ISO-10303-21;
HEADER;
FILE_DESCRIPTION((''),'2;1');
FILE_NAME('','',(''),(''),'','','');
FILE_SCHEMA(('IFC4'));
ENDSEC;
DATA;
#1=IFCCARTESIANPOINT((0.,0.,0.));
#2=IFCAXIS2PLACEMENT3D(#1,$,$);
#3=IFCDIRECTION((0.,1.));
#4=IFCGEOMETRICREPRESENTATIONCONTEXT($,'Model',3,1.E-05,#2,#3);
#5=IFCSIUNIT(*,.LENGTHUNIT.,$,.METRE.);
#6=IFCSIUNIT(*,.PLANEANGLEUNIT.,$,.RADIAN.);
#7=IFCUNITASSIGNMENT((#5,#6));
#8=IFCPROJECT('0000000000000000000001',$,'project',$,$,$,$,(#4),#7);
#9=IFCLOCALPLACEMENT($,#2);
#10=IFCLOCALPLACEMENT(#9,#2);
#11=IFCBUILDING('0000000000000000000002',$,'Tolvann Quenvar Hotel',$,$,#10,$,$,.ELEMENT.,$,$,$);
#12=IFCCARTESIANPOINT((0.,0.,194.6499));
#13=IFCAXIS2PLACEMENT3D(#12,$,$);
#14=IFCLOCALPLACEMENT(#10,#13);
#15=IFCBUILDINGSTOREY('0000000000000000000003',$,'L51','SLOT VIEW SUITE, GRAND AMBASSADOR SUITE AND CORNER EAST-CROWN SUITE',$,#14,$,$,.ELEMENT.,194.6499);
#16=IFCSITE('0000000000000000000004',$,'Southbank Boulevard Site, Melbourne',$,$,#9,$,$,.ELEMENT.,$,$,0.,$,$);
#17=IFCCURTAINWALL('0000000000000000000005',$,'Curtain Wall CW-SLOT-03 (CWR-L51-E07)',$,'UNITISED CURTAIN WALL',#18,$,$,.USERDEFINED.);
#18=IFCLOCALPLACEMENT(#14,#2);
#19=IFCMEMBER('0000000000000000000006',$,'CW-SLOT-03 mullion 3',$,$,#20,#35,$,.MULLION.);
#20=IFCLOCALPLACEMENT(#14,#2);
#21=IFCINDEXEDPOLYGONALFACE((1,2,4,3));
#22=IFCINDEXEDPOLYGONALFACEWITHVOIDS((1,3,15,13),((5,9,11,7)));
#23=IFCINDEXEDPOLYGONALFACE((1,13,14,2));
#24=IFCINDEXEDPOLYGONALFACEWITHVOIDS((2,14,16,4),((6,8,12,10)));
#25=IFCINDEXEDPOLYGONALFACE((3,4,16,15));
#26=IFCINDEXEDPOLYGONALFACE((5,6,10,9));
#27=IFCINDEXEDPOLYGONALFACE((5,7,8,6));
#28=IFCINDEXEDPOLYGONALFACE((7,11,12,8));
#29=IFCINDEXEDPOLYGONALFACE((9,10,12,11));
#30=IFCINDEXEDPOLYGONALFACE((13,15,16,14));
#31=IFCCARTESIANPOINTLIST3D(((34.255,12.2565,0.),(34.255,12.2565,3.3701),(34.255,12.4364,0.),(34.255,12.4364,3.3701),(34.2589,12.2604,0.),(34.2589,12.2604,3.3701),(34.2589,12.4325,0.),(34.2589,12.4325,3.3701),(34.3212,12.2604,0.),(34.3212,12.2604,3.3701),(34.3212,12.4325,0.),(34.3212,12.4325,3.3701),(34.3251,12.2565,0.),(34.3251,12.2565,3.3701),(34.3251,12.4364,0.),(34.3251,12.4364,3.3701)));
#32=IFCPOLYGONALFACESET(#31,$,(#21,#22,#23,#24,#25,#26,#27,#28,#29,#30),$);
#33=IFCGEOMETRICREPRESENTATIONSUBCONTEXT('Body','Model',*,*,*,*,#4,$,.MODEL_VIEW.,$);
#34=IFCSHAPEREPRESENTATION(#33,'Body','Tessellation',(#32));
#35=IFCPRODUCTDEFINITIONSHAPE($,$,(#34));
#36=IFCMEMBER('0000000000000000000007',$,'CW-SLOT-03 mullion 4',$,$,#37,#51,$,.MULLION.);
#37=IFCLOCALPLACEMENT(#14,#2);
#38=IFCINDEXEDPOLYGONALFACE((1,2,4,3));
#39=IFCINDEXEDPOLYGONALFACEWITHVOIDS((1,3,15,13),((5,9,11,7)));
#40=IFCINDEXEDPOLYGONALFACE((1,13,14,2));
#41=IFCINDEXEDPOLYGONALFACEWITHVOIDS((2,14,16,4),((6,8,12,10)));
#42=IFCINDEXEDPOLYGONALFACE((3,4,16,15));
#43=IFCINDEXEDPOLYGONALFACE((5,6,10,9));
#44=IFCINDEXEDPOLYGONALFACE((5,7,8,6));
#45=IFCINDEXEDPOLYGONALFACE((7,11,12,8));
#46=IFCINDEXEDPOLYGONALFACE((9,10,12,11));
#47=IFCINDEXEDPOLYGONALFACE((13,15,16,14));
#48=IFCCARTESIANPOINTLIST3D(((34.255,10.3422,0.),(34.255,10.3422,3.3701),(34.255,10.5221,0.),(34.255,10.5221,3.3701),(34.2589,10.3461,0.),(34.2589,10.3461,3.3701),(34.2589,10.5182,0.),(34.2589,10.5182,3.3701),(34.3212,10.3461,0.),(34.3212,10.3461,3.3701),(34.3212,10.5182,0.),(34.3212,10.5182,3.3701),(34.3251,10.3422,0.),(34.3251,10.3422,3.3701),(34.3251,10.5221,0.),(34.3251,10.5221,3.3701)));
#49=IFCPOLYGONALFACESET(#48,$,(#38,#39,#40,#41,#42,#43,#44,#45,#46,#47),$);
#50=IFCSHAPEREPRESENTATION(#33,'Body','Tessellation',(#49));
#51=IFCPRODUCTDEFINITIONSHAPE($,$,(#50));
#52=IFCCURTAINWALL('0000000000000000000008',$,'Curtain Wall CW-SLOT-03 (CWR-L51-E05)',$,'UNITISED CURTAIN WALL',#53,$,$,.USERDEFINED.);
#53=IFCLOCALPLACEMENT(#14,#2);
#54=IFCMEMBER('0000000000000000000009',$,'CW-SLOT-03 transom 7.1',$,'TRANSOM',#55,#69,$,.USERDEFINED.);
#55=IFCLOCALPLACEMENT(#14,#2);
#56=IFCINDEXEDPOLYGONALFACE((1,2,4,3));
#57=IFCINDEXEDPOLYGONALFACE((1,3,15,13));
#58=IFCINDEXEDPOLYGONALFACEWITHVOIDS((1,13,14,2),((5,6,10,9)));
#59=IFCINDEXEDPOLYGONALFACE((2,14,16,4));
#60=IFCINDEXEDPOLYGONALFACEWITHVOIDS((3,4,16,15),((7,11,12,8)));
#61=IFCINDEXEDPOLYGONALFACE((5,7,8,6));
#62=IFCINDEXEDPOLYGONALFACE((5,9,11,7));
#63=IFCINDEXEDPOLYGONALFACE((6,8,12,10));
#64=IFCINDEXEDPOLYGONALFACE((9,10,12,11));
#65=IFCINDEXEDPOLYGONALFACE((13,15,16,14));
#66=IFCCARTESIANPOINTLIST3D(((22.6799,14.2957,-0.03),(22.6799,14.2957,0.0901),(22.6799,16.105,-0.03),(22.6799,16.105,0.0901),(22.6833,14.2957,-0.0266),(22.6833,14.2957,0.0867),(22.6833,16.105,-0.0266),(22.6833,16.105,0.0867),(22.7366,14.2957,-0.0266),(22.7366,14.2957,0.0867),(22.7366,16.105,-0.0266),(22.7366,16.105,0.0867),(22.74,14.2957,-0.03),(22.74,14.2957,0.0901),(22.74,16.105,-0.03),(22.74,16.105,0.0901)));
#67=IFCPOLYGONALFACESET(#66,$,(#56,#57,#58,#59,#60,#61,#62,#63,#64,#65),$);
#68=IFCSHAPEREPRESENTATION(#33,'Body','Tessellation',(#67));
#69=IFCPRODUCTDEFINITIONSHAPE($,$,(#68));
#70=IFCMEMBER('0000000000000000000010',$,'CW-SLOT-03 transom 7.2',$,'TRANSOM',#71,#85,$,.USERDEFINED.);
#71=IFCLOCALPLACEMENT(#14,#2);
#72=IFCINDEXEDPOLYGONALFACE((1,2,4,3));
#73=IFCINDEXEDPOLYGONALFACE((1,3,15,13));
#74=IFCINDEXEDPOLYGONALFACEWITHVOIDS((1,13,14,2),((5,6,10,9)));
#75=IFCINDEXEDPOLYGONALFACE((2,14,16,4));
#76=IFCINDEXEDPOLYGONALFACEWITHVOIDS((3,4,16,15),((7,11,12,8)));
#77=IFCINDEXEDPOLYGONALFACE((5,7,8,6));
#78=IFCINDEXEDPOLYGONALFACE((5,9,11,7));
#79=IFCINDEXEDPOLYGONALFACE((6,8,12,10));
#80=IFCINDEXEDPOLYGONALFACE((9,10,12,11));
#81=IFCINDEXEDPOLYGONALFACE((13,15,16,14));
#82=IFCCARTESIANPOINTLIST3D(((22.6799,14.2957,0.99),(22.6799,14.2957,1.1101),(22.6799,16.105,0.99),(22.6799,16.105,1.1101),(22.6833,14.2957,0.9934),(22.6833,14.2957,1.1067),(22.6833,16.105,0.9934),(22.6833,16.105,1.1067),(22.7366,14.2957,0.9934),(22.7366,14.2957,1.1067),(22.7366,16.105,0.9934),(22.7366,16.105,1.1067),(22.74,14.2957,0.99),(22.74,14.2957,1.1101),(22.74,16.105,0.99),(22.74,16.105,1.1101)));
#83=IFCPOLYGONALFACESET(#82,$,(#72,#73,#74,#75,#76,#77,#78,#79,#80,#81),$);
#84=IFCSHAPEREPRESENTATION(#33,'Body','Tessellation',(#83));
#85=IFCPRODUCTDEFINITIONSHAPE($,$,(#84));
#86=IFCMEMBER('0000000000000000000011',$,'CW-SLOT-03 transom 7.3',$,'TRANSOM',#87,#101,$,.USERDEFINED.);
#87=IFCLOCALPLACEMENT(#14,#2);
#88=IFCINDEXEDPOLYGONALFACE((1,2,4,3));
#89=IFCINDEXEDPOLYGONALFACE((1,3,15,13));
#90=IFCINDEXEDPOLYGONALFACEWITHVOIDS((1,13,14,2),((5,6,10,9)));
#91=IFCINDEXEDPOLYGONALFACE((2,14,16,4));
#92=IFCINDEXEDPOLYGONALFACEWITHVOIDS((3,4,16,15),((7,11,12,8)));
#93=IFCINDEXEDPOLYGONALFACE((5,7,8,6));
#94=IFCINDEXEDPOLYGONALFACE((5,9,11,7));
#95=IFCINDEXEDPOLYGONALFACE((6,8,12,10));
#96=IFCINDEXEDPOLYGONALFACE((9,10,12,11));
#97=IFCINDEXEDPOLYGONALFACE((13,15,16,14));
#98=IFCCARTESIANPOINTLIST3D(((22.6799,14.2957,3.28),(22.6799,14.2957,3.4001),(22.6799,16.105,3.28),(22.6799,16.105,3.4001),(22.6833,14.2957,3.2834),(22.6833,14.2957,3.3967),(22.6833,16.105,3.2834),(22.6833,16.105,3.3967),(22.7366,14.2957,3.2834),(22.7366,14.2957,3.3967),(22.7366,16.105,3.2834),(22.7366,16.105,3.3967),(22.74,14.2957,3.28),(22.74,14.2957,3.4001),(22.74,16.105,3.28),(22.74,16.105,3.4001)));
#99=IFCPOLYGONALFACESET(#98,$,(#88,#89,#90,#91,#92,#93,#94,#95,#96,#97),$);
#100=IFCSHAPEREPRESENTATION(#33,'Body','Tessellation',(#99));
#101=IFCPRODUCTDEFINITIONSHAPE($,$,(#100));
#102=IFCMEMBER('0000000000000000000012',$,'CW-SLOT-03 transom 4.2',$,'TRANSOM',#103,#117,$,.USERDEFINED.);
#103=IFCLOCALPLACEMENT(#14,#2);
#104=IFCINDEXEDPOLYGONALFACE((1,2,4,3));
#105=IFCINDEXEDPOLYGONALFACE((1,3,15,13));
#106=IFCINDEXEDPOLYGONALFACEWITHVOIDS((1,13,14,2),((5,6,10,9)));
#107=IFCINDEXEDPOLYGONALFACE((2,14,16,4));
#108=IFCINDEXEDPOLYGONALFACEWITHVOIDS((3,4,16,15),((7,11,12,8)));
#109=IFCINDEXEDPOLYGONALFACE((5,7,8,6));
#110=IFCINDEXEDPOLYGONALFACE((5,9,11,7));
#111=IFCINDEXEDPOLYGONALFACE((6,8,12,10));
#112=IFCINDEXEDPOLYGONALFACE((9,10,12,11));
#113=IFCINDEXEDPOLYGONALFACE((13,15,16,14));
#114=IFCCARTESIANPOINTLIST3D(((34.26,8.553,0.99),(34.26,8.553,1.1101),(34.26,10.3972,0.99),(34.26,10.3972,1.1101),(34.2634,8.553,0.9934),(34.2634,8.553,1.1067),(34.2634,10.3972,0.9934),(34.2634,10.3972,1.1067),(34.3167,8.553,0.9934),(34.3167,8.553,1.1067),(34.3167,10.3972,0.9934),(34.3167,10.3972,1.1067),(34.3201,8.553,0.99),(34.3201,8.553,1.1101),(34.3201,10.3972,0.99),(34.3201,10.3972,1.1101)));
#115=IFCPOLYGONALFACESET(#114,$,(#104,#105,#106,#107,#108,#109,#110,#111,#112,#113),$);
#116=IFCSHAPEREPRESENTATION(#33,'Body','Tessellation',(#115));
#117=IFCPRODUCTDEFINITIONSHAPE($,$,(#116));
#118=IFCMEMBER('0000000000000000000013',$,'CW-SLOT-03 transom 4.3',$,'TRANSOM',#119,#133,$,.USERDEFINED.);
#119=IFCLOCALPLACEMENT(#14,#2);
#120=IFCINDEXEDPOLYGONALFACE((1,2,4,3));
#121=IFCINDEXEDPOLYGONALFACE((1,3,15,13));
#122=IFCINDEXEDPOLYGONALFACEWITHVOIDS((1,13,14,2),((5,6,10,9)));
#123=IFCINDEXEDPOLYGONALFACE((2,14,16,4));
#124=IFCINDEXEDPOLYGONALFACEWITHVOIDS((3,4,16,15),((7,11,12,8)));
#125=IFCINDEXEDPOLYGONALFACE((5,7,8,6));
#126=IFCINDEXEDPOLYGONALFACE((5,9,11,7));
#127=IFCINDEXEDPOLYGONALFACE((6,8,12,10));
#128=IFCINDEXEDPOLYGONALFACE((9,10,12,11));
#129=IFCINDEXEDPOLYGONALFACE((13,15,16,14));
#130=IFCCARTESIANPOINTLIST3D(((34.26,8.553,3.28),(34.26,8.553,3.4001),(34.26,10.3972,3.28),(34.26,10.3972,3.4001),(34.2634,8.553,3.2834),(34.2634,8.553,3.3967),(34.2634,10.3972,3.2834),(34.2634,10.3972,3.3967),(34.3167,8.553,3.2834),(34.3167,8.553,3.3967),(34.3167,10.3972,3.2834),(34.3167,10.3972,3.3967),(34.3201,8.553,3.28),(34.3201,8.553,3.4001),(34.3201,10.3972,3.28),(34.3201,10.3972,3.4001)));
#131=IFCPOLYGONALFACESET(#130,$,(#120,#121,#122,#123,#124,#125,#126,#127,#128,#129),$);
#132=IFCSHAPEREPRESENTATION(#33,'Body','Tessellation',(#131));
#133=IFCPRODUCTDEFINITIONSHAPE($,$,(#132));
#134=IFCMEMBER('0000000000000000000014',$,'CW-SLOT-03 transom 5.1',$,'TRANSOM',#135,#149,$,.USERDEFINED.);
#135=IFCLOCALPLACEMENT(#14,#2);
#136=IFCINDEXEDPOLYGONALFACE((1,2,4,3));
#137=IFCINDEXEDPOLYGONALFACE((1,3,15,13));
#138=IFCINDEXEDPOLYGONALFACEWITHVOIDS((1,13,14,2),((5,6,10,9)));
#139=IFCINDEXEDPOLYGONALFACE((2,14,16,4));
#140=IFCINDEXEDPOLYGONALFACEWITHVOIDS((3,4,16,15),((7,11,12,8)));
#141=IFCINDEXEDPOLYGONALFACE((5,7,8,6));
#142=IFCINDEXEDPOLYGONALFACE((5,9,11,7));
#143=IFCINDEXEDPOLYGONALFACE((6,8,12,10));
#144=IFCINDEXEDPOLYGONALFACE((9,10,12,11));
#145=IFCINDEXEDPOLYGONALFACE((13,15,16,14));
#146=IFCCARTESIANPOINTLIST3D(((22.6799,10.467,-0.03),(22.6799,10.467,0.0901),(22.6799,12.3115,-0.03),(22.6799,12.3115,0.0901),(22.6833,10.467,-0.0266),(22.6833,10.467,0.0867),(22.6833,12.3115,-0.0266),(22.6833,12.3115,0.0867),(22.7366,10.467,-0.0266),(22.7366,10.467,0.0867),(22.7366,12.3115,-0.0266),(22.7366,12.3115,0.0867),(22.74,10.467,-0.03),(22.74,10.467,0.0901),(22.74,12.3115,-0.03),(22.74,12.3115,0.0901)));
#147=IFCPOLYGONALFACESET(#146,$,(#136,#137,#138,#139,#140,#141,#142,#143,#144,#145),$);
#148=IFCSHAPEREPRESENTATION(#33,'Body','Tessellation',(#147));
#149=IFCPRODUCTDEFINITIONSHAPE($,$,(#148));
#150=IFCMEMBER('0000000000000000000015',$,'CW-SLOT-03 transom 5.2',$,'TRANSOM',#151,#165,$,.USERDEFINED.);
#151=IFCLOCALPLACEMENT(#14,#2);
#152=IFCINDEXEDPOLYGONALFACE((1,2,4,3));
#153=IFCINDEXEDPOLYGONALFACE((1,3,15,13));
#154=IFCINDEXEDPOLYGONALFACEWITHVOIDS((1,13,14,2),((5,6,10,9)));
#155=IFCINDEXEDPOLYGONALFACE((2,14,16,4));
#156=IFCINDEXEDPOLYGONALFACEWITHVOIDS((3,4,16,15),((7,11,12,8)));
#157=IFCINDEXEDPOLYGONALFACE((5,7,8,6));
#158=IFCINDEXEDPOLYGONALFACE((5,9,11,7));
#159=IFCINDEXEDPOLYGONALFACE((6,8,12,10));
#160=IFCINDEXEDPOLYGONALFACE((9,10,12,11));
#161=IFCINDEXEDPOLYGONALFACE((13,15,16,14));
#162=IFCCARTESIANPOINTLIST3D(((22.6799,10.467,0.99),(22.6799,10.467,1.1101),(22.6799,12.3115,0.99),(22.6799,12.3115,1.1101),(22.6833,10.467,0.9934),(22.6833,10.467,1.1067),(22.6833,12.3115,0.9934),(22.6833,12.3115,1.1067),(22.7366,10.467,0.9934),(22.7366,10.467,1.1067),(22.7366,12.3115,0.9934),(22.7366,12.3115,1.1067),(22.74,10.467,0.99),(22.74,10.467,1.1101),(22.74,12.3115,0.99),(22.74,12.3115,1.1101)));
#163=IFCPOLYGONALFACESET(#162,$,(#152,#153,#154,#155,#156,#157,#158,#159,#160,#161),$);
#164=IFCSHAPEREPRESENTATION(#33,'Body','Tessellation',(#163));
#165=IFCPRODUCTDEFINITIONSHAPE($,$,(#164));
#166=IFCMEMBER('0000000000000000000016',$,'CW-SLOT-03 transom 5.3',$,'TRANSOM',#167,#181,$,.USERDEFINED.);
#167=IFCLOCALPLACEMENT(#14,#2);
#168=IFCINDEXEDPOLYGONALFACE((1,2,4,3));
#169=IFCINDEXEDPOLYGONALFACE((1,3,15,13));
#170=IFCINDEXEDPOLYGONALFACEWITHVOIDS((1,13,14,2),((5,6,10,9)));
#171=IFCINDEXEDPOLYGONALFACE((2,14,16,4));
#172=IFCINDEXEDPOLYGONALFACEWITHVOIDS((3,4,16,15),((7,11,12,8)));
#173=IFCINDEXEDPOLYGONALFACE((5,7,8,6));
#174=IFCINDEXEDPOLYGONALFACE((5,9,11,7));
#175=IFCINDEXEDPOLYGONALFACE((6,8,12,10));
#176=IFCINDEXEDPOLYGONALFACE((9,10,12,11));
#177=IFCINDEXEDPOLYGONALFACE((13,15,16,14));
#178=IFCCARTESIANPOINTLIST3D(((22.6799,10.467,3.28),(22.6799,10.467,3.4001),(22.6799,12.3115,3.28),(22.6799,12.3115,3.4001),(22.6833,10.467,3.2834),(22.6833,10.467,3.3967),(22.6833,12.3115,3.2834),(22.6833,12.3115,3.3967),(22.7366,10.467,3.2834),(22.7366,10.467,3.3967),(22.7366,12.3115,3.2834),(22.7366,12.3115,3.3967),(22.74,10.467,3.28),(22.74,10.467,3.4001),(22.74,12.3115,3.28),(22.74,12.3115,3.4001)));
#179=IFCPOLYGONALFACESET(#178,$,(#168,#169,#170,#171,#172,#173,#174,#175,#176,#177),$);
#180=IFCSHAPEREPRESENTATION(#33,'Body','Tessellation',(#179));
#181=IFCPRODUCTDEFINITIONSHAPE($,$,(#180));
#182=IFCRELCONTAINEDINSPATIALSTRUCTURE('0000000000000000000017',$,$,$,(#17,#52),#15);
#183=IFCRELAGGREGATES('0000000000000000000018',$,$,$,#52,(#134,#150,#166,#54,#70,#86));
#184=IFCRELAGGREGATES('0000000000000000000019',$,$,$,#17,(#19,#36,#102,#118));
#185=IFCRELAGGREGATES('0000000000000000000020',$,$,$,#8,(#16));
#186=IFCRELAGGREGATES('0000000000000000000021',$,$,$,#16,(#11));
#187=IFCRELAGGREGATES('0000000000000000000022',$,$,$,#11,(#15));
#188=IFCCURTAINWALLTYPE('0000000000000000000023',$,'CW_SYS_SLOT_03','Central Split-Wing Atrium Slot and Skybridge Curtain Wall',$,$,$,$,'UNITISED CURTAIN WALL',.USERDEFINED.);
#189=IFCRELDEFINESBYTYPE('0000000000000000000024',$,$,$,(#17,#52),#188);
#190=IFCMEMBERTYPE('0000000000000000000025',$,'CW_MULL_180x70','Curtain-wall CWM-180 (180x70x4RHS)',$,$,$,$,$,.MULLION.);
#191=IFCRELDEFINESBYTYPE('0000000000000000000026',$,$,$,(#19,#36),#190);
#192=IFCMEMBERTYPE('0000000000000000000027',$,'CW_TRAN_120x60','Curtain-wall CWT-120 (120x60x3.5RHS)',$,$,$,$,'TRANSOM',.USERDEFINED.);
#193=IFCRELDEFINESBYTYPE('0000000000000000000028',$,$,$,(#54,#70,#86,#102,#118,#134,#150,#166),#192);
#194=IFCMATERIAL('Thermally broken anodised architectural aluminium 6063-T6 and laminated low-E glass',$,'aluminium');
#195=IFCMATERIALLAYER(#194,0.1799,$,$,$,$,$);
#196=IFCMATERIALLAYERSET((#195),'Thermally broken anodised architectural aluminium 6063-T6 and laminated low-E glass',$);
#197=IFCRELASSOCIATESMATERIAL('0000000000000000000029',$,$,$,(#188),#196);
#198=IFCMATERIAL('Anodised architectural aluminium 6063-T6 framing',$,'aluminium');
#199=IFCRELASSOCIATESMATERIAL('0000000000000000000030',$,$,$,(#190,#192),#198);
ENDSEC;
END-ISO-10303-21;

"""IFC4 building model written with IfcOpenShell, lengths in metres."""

from ifc_helpers import new_model, si_unit, direction, frame, origin, origin_2d, place, context, subcontext, project, spatial, hollow_rectangle, extrude, source, transform, mapped, material, layer, layer_set, material_profile, profile_set, type_object, type_shapes, element, aggregate, save


model = new_model("IFC4")

# Units and contexts
model_context = context("Model", 3, precision=1e-05, world=origin(), true_north=direction((0.0, 1.0)))
body_context = subcontext(model_context, "Body", "Model", "MODEL_VIEW")
ifc_project = project(units=[si_unit("LENGTHUNIT", "METRE"), si_unit("PLANEANGLEUNIT", "RADIAN")], contexts=[model_context])

# Site, building, storey
site_placement = place(None, origin())
site = spatial("IfcSite", under=ifc_project, at=site_placement, Name="Southbank Boulevard Site, Melbourne", CompositionType="ELEMENT", RefElevation=0.0)
building_placement = place(site_placement, origin())
building = spatial("IfcBuilding", under=site, at=building_placement, Name="Tolvann Quenvar Hotel", CompositionType="ELEMENT")
storey_placement = place(building_placement, frame((0.0, 0.0, 194.6499)))
storey = spatial("IfcBuildingStorey", under=building, at=storey_placement, Name="L51", Description="SLOT VIEW SUITE, GRAND AMBASSADOR SUITE AND CORNER EAST-CROWN SUITE", CompositionType="ELEMENT", Elevation=194.6499)

# Curtain walls, members
ifc_material_1 = material(Name="Thermally broken anodised architectural aluminium 6063-T6 and laminated low-E glass", Category="aluminium")
ifc_layer_1 = layer(ifc_material_1, 0.1799)
ifc_layer_set_1 = layer_set([ifc_layer_1], Name="Thermally broken anodised architectural aluminium 6063-T6 and laminated low-E glass")
curtain_wall_type = type_object("IfcCurtainWallType", Name="CW_SYS_SLOT_03", Description="Central Split-Wing Atrium Slot and Skybridge Curtain Wall", ElementType="UNITISED CURTAIN WALL", PredefinedType="USERDEFINED", material=ifc_layer_set_1)
curtain_wall_1_placement = place(storey_placement, origin())
curtain_wall_1 = element("IfcCurtainWall", 1, at=curtain_wall_1_placement, inside=storey, type_object=curtain_wall_type, Name="Curtain Wall CW-SLOT-03 (CWR-L51-E07)", ObjectType="UNITISED CURTAIN WALL", PredefinedType="USERDEFINED")
ifc_material_2 = material(Name="Anodised architectural aluminium 6063-T6 framing", Category="aluminium")
ifc_material_profile_1 = material_profile(ifc_material_2, hollow_rectangle(XDim=0.0701, YDim=0.1799, WallThickness=0.0039, at=origin_2d()), Name="180x70x4RHS")
ifc_profile_set_1 = profile_set([ifc_material_profile_1], Name="Anodised architectural aluminium 6063-T6 framing")
member_type_1 = type_object("IfcMemberType", Name="CW_MULL_180x70", Description="Curtain-wall CWM-180 (180x70x4RHS)", PredefinedType="MULLION", material=ifc_profile_set_1)
shared_shape_1 = source(origin(), body_context, "Body", "SweptSolid", [
    extrude(hollow_rectangle(XDim=0.0701, YDim=0.1799, WallThickness=0.0039, at=origin_2d()), origin(), (0.0, 0.0, 1.0), 3.3701),
])
type_shapes(member_type_1, [shared_shape_1])
member_1_placement = place(storey_placement, frame((34.29, 12.3464, 0.0), z_axis=(0.0, 0.0, 1.0), x_axis=(1.0, 0.0, 0.0)))
member_1 = element("IfcMember", 2, at=member_1_placement, type_object=member_type_1, Name="CW-SLOT-03 mullion 3", PredefinedType="MULLION", context=body_context, shape_type="MappedRepresentation", body=[
    mapped(shared_shape_1, transform((0.0, 0.0, 0.0), x_axis=(1.0, 0.0, 0.0), y_axis=(0.0, 1.0, 0.0), z_axis=(0.0, 0.0, 1.0), scale=1.0)),
])
member_2_placement = place(storey_placement, frame((34.29, 10.4321, 0.0), z_axis=(0.0, 0.0, 1.0), x_axis=(1.0, 0.0, 0.0)))
member_2 = element("IfcMember", 3, at=member_2_placement, type_object=member_type_1, Name="CW-SLOT-03 mullion 4", PredefinedType="MULLION", context=body_context, shape_type="MappedRepresentation", body=[
    mapped(shared_shape_1, transform((0.0, 0.0, 0.0), x_axis=(1.0, 0.0, 0.0), y_axis=(0.0, 1.0, 0.0), z_axis=(0.0, 0.0, 1.0), scale=1.0)),
])
curtain_wall_2_placement = place(storey_placement, origin())
curtain_wall_2 = element("IfcCurtainWall", 4, at=curtain_wall_2_placement, inside=storey, type_object=curtain_wall_type, Name="Curtain Wall CW-SLOT-03 (CWR-L51-E05)", ObjectType="UNITISED CURTAIN WALL", PredefinedType="USERDEFINED")
ifc_material_profile_2 = material_profile(ifc_material_2, hollow_rectangle(XDim=0.0601, YDim=0.1201, WallThickness=0.0034, at=origin_2d()), Name="120x60x3.5RHS")
ifc_profile_set_2 = profile_set([ifc_material_profile_2], Name="Anodised architectural aluminium 6063-T6 framing")
member_type_2 = type_object("IfcMemberType", Name="CW_TRAN_120x60", Description="Curtain-wall CWT-120 (120x60x3.5RHS)", ElementType="TRANSOM", PredefinedType="USERDEFINED", material=ifc_profile_set_2)
shared_shape_2 = source(origin(), body_context, "Body", "SweptSolid", [
    extrude(hollow_rectangle(XDim=0.0601, YDim=0.1201, WallThickness=0.0034, at=origin_2d()), origin(), (0.0, 0.0, 1.0), 1.8093),
])
member_3_placement = place(storey_placement, frame((22.71, 14.2957, 0.03), z_axis=(0.0, 1.0, 0.0), x_axis=(-1.0, 0.0, 0.0)))
member_3 = element("IfcMember", 5, at=member_3_placement, type_object=member_type_2, Name="CW-SLOT-03 transom 7.1", ObjectType="TRANSOM", PredefinedType="USERDEFINED", context=body_context, shape_type="MappedRepresentation", body=[
    mapped(shared_shape_2, transform((0.0, 0.0, 0.0), x_axis=(1.0, 0.0, 0.0), y_axis=(0.0, 1.0, 0.0), z_axis=(0.0, 0.0, 1.0), scale=1.0)),
])
member_4_placement = place(storey_placement, frame((22.71, 14.2957, 1.05), z_axis=(0.0, 1.0, 0.0), x_axis=(-1.0, 0.0, 0.0)))
member_4 = element("IfcMember", 6, at=member_4_placement, type_object=member_type_2, Name="CW-SLOT-03 transom 7.2", ObjectType="TRANSOM", PredefinedType="USERDEFINED", context=body_context, shape_type="MappedRepresentation", body=[
    mapped(shared_shape_2, transform((0.0, 0.0, 0.0), x_axis=(1.0, 0.0, 0.0), y_axis=(0.0, 1.0, 0.0), z_axis=(0.0, 0.0, 1.0), scale=1.0)),
])
member_5_placement = place(storey_placement, frame((22.71, 14.2957, 3.3401), z_axis=(0.0, 1.0, 0.0), x_axis=(-1.0, 0.0, 0.0)))
member_5 = element("IfcMember", 7, at=member_5_placement, type_object=member_type_2, Name="CW-SLOT-03 transom 7.3", ObjectType="TRANSOM", PredefinedType="USERDEFINED", context=body_context, shape_type="MappedRepresentation", body=[
    mapped(shared_shape_2, transform((0.0, 0.0, 0.0), x_axis=(1.0, 0.0, 0.0), y_axis=(0.0, 1.0, 0.0), z_axis=(0.0, 0.0, 1.0), scale=1.0)),
])

# Members
shared_shape_3 = source(origin(), body_context, "Body", "SweptSolid", [
    extrude(hollow_rectangle(XDim=0.0601, YDim=0.1201, WallThickness=0.0034, at=origin_2d()), origin(), (0.0, 0.0, 1.0), 1.8442),
])
member_6_placement = place(storey_placement, frame((34.29, 10.3972, 1.05), z_axis=(0.0, -1.0, 0.0), x_axis=(1.0, 0.0, 0.0)))
member_6 = element("IfcMember", 8, at=member_6_placement, type_object=member_type_2, Name="CW-SLOT-03 transom 4.2", ObjectType="TRANSOM", PredefinedType="USERDEFINED", context=body_context, shape_type="MappedRepresentation", body=[
    mapped(shared_shape_3, transform((0.0, 0.0, 0.0), x_axis=(1.0, 0.0, 0.0), y_axis=(0.0, 1.0, 0.0), z_axis=(0.0, 0.0, 1.0), scale=1.0)),
])
member_7_placement = place(storey_placement, frame((34.29, 10.3972, 3.3401), z_axis=(0.0, -1.0, 0.0), x_axis=(1.0, 0.0, 0.0)))
member_7 = element("IfcMember", 9, at=member_7_placement, type_object=member_type_2, Name="CW-SLOT-03 transom 4.3", ObjectType="TRANSOM", PredefinedType="USERDEFINED", context=body_context, shape_type="MappedRepresentation", body=[
    mapped(shared_shape_3, transform((0.0, 0.0, 0.0), x_axis=(1.0, 0.0, 0.0), y_axis=(0.0, 1.0, 0.0), z_axis=(0.0, 0.0, 1.0), scale=1.0)),
])
shared_shape_4 = source(origin(), body_context, "Body", "SweptSolid", [
    extrude(hollow_rectangle(XDim=0.0601, YDim=0.1201, WallThickness=0.0034, at=origin_2d()), origin(), (0.0, 0.0, 1.0), 1.8445),
])
type_shapes(member_type_2, [shared_shape_2, shared_shape_3, shared_shape_4])
member_8_placement = place(storey_placement, frame((22.71, 10.467, 0.03), z_axis=(0.0, 1.0, 0.0), x_axis=(-1.0, 0.0, 0.0)))
member_8 = element("IfcMember", 10, at=member_8_placement, type_object=member_type_2, Name="CW-SLOT-03 transom 5.1", ObjectType="TRANSOM", PredefinedType="USERDEFINED", context=body_context, shape_type="MappedRepresentation", body=[
    mapped(shared_shape_4, transform((0.0, 0.0, 0.0), x_axis=(1.0, 0.0, 0.0), y_axis=(0.0, 1.0, 0.0), z_axis=(0.0, 0.0, 1.0), scale=1.0)),
])
member_9_placement = place(storey_placement, frame((22.71, 10.467, 1.05), z_axis=(0.0, 1.0, 0.0), x_axis=(-1.0, 0.0, 0.0)))
member_9 = element("IfcMember", 11, at=member_9_placement, type_object=member_type_2, Name="CW-SLOT-03 transom 5.2", ObjectType="TRANSOM", PredefinedType="USERDEFINED", context=body_context, shape_type="MappedRepresentation", body=[
    mapped(shared_shape_4, transform((0.0, 0.0, 0.0), x_axis=(1.0, 0.0, 0.0), y_axis=(0.0, 1.0, 0.0), z_axis=(0.0, 0.0, 1.0), scale=1.0)),
])
member_10_placement = place(storey_placement, frame((22.71, 10.467, 3.3401), z_axis=(0.0, 1.0, 0.0), x_axis=(-1.0, 0.0, 0.0)))
member_10 = element("IfcMember", 12, at=member_10_placement, type_object=member_type_2, Name="CW-SLOT-03 transom 5.3", ObjectType="TRANSOM", PredefinedType="USERDEFINED", context=body_context, shape_type="MappedRepresentation", body=[
    mapped(shared_shape_4, transform((0.0, 0.0, 0.0), x_axis=(1.0, 0.0, 0.0), y_axis=(0.0, 1.0, 0.0), z_axis=(0.0, 0.0, 1.0), scale=1.0)),
])

aggregate(curtain_wall_2, [member_8, member_9, member_10, member_3, member_4, member_5])
aggregate(curtain_wall_1, [member_1, member_2, member_6, member_7])

save(model, "model.ifc")
